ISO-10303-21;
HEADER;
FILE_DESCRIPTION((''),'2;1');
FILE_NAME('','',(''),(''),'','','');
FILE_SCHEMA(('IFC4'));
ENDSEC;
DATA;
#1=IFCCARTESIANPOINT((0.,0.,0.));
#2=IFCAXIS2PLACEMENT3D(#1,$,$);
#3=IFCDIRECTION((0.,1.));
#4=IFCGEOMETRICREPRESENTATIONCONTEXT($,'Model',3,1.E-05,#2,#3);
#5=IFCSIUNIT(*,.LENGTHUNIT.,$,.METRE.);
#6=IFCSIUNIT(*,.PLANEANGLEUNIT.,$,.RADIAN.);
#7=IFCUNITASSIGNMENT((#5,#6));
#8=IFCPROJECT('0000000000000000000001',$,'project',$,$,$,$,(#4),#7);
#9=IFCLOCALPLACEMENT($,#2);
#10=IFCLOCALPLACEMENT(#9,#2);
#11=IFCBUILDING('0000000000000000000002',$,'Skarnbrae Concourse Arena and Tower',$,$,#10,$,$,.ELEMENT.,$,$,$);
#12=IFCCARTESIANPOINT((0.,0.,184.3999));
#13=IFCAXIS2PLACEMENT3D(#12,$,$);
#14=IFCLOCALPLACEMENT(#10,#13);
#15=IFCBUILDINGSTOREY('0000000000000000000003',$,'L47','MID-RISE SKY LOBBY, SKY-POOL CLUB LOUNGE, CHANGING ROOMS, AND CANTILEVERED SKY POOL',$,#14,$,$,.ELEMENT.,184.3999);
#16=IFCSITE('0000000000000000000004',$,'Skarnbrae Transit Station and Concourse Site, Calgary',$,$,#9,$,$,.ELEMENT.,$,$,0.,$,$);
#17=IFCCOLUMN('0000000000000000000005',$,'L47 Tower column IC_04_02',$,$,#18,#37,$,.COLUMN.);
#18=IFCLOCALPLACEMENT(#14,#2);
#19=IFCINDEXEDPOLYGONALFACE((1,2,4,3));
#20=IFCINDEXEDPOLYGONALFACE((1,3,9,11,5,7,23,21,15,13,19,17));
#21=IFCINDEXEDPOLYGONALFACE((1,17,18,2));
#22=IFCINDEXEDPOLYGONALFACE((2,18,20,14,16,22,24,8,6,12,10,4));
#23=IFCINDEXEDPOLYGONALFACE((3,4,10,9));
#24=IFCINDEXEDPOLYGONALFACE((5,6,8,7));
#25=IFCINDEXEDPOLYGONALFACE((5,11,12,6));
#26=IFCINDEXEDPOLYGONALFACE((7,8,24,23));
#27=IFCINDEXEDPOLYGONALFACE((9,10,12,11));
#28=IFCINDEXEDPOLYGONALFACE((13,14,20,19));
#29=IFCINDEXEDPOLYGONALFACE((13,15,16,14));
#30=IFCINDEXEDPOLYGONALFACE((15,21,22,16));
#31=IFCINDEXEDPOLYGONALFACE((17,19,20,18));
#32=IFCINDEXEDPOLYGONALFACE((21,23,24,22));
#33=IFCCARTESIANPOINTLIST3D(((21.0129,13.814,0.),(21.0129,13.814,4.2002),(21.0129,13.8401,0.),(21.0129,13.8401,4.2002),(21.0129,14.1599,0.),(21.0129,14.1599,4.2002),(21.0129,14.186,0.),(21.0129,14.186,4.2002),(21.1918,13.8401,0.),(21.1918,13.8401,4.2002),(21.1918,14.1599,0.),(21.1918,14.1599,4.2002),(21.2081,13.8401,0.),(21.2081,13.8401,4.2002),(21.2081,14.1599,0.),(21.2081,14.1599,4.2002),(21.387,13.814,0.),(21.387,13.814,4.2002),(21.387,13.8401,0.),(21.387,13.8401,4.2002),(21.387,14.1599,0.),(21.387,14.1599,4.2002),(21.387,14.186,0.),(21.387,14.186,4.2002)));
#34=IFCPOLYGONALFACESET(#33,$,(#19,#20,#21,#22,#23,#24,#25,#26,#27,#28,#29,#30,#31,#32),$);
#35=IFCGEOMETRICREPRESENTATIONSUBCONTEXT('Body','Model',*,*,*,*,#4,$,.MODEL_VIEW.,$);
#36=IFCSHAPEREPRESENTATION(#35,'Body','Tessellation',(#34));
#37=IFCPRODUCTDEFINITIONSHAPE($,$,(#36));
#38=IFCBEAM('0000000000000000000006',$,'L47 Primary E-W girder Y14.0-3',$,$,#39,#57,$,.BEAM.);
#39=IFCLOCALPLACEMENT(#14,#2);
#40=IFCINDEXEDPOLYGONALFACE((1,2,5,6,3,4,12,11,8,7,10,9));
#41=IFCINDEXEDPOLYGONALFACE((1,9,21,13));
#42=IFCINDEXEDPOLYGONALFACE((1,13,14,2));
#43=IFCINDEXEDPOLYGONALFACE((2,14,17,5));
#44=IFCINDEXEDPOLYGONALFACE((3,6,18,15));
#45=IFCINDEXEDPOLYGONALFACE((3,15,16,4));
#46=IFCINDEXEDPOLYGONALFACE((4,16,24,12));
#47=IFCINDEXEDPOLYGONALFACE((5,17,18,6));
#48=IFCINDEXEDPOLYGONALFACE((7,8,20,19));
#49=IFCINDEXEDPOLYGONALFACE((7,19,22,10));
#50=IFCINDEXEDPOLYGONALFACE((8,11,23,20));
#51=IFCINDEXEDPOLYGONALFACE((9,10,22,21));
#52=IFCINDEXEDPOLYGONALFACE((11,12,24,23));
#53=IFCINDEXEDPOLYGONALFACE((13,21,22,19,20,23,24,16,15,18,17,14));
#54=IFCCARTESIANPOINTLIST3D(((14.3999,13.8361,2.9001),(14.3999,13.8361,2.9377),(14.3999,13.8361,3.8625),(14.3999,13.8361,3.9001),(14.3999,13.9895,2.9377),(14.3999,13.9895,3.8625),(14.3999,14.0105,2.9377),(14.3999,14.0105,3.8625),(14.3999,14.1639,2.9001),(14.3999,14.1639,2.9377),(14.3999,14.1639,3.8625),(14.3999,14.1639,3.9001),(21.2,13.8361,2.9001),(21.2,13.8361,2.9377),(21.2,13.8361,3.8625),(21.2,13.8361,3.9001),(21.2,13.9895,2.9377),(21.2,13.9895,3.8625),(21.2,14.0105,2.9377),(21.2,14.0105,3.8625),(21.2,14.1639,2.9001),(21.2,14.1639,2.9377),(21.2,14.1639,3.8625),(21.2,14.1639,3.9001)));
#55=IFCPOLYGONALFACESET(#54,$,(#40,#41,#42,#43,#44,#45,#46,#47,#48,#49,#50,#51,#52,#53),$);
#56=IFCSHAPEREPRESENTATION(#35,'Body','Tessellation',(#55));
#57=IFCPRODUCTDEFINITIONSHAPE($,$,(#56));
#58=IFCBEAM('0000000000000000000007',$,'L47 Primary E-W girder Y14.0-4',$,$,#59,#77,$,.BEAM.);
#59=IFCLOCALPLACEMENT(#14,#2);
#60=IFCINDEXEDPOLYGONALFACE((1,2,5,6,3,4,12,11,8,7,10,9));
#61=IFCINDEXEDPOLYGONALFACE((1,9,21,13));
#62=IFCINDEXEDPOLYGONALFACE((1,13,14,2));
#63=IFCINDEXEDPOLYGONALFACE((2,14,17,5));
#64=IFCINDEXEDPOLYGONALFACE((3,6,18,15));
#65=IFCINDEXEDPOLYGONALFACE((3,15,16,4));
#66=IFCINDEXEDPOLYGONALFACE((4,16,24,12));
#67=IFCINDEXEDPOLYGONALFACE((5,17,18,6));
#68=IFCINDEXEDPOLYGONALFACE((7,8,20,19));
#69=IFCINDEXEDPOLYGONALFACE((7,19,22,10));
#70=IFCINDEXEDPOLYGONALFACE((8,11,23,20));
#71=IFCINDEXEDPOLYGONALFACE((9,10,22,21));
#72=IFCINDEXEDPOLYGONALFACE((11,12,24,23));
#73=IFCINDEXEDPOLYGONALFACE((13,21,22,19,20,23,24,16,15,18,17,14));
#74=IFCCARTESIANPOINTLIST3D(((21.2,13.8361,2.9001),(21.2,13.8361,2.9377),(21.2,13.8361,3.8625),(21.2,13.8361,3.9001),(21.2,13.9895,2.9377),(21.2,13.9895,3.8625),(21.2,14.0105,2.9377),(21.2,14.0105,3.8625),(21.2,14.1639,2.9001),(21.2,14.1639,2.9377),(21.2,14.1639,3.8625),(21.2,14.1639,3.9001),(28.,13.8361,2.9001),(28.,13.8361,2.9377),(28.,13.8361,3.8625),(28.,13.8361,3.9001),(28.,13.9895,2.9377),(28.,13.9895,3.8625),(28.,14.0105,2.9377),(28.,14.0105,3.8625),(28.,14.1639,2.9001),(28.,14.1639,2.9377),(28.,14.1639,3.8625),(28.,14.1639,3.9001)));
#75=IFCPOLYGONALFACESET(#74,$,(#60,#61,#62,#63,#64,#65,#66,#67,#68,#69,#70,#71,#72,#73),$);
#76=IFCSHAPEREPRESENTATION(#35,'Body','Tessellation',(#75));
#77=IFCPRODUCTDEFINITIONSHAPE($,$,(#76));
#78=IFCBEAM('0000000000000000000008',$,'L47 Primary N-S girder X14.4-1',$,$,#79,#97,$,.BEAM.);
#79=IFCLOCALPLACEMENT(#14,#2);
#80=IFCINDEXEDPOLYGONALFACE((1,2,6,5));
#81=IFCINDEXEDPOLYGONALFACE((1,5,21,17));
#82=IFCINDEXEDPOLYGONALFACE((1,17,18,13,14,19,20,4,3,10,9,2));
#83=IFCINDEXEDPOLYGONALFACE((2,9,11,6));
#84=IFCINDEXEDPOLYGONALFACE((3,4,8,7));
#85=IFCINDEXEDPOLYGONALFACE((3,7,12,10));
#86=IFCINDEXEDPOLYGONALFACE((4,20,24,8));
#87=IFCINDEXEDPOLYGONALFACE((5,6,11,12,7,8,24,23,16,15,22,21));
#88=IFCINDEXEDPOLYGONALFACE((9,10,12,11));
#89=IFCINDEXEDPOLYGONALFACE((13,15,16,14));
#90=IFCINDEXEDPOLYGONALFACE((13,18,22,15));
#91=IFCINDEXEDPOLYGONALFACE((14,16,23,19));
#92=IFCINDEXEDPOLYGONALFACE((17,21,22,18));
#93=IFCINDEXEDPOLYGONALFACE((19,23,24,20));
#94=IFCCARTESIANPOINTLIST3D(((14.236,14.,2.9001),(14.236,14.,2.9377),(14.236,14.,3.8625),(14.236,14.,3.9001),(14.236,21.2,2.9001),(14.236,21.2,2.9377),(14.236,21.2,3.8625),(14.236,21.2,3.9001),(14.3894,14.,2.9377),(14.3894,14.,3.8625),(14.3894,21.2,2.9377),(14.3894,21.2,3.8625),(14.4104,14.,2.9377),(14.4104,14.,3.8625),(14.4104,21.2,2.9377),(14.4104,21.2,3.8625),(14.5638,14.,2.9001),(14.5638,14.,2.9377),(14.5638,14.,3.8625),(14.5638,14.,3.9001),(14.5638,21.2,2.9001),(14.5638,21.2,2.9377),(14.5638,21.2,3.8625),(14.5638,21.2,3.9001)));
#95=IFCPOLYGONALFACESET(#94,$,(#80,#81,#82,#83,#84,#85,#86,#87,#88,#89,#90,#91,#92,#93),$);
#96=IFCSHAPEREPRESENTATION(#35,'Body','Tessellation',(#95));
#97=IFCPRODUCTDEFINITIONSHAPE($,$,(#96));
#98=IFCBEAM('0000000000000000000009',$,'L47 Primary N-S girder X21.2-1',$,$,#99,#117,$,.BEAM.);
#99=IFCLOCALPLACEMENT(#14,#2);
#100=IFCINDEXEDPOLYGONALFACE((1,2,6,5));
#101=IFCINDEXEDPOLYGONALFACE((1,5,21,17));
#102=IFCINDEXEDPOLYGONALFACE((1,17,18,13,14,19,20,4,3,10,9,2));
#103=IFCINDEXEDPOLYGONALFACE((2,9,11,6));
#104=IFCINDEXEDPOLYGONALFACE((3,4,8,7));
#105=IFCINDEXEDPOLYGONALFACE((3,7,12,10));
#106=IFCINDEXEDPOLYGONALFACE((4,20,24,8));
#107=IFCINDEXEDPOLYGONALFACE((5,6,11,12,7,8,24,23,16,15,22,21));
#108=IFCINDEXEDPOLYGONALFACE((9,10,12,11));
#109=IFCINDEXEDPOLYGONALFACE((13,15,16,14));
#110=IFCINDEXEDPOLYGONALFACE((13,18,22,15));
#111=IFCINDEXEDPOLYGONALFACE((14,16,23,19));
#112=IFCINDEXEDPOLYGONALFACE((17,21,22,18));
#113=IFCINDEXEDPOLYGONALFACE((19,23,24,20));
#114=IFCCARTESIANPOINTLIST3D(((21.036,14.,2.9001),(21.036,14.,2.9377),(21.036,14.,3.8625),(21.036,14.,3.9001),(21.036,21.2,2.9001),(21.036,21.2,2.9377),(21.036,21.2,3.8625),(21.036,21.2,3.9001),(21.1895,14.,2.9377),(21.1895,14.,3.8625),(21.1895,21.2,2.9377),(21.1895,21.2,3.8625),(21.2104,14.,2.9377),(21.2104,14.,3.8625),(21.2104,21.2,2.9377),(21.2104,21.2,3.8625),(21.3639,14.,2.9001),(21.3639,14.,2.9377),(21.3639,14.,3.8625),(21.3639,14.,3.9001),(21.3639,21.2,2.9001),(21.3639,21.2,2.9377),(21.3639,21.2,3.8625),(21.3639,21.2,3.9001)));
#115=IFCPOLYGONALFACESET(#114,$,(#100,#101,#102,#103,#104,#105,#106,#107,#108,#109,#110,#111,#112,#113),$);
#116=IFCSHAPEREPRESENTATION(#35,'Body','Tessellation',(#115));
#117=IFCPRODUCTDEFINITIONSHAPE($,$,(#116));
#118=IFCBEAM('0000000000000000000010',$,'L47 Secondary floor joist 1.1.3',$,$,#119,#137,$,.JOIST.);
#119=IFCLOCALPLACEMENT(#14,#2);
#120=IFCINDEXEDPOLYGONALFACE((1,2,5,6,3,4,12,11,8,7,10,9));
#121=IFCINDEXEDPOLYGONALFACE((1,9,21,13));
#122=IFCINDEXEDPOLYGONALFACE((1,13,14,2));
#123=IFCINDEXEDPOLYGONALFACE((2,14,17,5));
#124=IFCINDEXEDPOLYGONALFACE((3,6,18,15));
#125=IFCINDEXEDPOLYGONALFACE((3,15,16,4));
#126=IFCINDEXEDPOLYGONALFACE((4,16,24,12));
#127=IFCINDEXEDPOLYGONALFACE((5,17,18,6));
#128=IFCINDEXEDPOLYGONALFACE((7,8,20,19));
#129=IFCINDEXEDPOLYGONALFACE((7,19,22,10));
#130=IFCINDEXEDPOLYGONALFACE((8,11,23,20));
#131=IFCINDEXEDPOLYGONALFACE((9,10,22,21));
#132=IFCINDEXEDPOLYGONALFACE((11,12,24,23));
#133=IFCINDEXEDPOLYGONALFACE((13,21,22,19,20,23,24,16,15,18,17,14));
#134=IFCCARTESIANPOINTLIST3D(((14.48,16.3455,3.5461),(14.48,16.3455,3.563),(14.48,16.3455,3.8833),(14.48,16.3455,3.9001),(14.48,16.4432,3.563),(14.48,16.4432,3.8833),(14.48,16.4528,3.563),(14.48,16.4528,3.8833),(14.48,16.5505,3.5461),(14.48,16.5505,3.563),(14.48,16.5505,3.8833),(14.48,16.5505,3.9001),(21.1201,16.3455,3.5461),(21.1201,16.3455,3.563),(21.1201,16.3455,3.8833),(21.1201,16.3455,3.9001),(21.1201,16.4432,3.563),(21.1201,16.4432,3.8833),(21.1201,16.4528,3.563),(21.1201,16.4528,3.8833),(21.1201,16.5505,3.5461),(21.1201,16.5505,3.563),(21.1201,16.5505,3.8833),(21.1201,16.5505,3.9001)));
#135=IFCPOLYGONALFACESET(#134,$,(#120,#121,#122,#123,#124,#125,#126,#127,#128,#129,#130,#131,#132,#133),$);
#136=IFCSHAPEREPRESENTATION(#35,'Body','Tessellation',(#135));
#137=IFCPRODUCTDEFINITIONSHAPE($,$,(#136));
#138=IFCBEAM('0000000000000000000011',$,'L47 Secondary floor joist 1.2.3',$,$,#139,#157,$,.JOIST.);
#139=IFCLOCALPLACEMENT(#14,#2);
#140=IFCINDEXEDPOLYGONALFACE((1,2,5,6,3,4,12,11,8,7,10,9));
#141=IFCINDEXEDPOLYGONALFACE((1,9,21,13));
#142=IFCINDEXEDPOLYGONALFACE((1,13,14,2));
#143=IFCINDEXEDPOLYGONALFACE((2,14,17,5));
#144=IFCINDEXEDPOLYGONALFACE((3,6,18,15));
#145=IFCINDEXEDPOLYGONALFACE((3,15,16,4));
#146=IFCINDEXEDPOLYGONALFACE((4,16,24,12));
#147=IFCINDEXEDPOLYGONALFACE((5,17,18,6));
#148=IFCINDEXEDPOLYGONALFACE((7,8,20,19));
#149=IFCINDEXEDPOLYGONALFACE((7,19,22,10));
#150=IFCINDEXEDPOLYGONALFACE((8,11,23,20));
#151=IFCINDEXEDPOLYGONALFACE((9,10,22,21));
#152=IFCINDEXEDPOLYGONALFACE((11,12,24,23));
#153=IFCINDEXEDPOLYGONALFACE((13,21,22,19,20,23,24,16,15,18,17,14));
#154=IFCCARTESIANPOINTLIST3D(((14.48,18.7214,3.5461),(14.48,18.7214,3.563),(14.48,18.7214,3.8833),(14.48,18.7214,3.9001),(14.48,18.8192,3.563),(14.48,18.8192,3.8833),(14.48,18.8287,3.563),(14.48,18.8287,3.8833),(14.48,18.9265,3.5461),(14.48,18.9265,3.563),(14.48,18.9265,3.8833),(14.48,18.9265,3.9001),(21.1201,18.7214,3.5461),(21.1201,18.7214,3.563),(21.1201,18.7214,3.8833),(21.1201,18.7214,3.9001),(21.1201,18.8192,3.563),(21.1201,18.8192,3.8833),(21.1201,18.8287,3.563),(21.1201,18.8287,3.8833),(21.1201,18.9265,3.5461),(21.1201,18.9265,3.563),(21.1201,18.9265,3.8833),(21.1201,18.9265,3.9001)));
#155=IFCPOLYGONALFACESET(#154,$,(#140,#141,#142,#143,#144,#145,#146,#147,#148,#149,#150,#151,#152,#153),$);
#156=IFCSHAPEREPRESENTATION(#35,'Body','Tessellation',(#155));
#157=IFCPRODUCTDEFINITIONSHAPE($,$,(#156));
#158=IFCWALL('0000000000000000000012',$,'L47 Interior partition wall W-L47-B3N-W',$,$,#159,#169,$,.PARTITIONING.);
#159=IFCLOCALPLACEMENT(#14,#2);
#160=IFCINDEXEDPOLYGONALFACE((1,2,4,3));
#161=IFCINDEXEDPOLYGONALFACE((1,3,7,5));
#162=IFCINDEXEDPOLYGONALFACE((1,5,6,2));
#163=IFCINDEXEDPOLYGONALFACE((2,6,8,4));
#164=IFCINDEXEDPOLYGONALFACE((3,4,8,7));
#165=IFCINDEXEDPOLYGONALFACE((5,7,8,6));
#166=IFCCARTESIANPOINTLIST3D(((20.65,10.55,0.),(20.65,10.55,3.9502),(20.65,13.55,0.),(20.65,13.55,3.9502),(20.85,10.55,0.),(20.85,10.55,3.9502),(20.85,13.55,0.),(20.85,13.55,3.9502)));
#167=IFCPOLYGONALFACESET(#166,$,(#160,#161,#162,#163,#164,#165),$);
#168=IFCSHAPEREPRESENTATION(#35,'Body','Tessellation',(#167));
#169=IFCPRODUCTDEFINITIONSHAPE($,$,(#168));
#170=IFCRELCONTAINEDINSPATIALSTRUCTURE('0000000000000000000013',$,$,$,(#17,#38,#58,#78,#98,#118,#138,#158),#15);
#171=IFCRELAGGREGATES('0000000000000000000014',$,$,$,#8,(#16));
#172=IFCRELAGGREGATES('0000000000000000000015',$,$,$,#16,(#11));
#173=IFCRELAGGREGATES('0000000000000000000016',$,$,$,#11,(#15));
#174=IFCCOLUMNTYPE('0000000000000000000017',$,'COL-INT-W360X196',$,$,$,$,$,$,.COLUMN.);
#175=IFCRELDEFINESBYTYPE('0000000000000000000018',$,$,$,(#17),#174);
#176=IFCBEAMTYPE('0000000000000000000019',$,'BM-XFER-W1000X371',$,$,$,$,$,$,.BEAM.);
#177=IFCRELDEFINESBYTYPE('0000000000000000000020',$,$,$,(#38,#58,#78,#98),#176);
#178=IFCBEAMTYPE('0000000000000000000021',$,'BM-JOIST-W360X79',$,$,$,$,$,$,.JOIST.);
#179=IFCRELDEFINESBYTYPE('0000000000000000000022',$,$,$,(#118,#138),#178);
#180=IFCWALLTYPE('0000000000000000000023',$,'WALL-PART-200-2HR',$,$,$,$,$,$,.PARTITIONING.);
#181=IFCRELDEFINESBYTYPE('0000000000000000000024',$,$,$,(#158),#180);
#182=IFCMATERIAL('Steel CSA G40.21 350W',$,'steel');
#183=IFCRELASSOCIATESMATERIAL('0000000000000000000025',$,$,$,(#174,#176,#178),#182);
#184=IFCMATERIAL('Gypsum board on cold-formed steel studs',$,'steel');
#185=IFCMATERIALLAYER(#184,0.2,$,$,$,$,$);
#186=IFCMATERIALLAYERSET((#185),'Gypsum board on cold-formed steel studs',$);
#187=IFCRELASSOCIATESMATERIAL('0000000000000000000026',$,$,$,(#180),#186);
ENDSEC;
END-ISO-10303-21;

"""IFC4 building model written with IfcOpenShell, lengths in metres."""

from ifc_helpers import new_model, si_unit, direction, frame, frame_2d, origin, origin_2d, place, context, subcontext, project, spatial, rectangle, i_section, extrude, source, transform, mapped, material, layer, layer_set, material_profile, profile_set, type_object, element, save


model = new_model("IFC4")

# Units and contexts
model_context = context("Model", 3, precision=1e-05, world=origin(), true_north=direction((0.0, 1.0)))
body_context = subcontext(model_context, "Body", "Model", "MODEL_VIEW")
ifc_project = project(units=[si_unit("LENGTHUNIT", "METRE"), si_unit("PLANEANGLEUNIT", "RADIAN")], contexts=[model_context])

# Site, building, storey
site_placement = place(None, origin())
site = spatial("IfcSite", under=ifc_project, at=site_placement, Name="Skarnbrae Transit Station and Concourse Site, Calgary", CompositionType="ELEMENT", RefElevation=0.0)
building_placement = place(site_placement, origin())
building = spatial("IfcBuilding", under=site, at=building_placement, Name="Skarnbrae Concourse Arena and Tower", CompositionType="ELEMENT")
storey_placement = place(building_placement, frame((0.0, 0.0, 184.3999)))
storey = spatial("IfcBuildingStorey", under=building, at=storey_placement, Name="L47", Description="MID-RISE SKY LOBBY, SKY-POOL CLUB LOUNGE, CHANGING ROOMS, AND CANTILEVERED SKY POOL", CompositionType="ELEMENT", Elevation=184.3999)

# Column
ifc_material_1 = material(Name="Steel CSA G40.21 350W", Category="steel")
ifc_material_profile_1 = material_profile(ifc_material_1, i_section(OverallWidth=0.374, OverallDepth=0.3721, WebThickness=0.0164, FlangeThickness=0.0261, at=origin_2d()), Name="W360X196")
ifc_profile_set_1 = profile_set([ifc_material_profile_1], Name="Steel CSA G40.21 350W")
column_type = type_object("IfcColumnType", Name="COL-INT-W360X196", PredefinedType="COLUMN", material=ifc_profile_set_1)
shared_shape_1 = source(origin(), body_context, "Body", "SweptSolid", [
    extrude(i_section(OverallWidth=0.374, OverallDepth=0.3721, WebThickness=0.0164, FlangeThickness=0.0261, at=origin_2d()), origin(), (0.0, 0.0, 1.0), 4.2002),
])
column_placement = place(storey_placement, frame((21.2, 14.0, 0.0), z_axis=(0.0, 0.0, 1.0), x_axis=(1.0, 0.0, 0.0)))
element("IfcColumn", 1, at=column_placement, inside=storey, type_object=column_type, Name="L47 Tower column IC_04_02", PredefinedType="COLUMN", context=body_context, shape_type="MappedRepresentation", body=[
    mapped(shared_shape_1, transform((0.0, 0.0, 0.0))),
])

# Beams
ifc_material_profile_2 = material_profile(ifc_material_1, i_section(OverallWidth=0.3279, OverallDepth=1.0, WebThickness=0.021, FlangeThickness=0.0376, at=origin_2d()), Name="W1000X371")
ifc_profile_set_2 = profile_set([ifc_material_profile_2], Name="Steel CSA G40.21 350W")
beam_type_1 = type_object("IfcBeamType", Name="BM-XFER-W1000X371", PredefinedType="BEAM", material=ifc_profile_set_2)
shared_shape_2 = source(origin(), body_context, "Body", "SweptSolid", [
    extrude(i_section(OverallWidth=0.3279, OverallDepth=1.0, WebThickness=0.021, FlangeThickness=0.0376, at=origin_2d()), origin(), (0.0, 0.0, 1.0), 6.8),
])
for number, where, z_axis, x_axis, name in (
    (2, (14.3999, 14.0, 3.4001), (1.0, 0.0, 0.0), (0.0, 1.0, 0.0), "L47 Primary E-W girder Y14.0-3"),
    (3, (21.2, 14.0, 3.4001), (1.0, 0.0, 0.0), (0.0, 1.0, 0.0), "L47 Primary E-W girder Y14.0-4"),
):
    element("IfcBeam", number, at=place(storey_placement, frame(where, z_axis=z_axis, x_axis=x_axis)), inside=storey, type_object=beam_type_1, Name=name, PredefinedType="BEAM", context=body_context, shape_type="MappedRepresentation", body=[
        mapped(shared_shape_2, transform((0.0, 0.0, 0.0))),
    ])
shared_shape_3 = source(origin(), body_context, "Body", "SweptSolid", [
    extrude(i_section(OverallWidth=0.3279, OverallDepth=1.0, WebThickness=0.021, FlangeThickness=0.0376, at=origin_2d()), origin(), (0.0, 0.0, 1.0), 7.2),
])
for number, where, z_axis, x_axis, name in (
    (4, (14.3999, 14.0, 3.4001), (0.0, 1.0, 0.0), (-1.0, 0.0, 0.0), "L47 Primary N-S girder X14.4-1"),
    (5, (21.2, 14.0, 3.4001), (0.0, 1.0, 0.0), (-1.0, 0.0, 0.0), "L47 Primary N-S girder X21.2-1"),
):
    element("IfcBeam", number, at=place(storey_placement, frame(where, z_axis=z_axis, x_axis=x_axis)), inside=storey, type_object=beam_type_1, Name=name, PredefinedType="BEAM", context=body_context, shape_type="MappedRepresentation", body=[
        mapped(shared_shape_3, transform((0.0, 0.0, 0.0))),
    ])
ifc_material_profile_3 = material_profile(ifc_material_1, i_section(OverallWidth=0.2051, OverallDepth=0.354, WebThickness=0.0095, FlangeThickness=0.0168, at=origin_2d()), Name="W360X79")
ifc_profile_set_3 = profile_set([ifc_material_profile_3], Name="Steel CSA G40.21 350W")
beam_type_2 = type_object("IfcBeamType", Name="BM-JOIST-W360X79", PredefinedType="JOIST", material=ifc_profile_set_3)
shared_shape_4 = source(origin(), body_context, "Body", "SweptSolid", [
    extrude(i_section(OverallWidth=0.2051, OverallDepth=0.354, WebThickness=0.0095, FlangeThickness=0.0168, at=origin_2d()), origin(), (0.0, 0.0, 1.0), 6.6401),
])
for number, where, z_axis, x_axis, name in (
    (6, (14.48, 16.448, 3.7231), (1.0, 0.0, 0.0), (0.0, 1.0, 0.0), "L47 Secondary floor joist 1.1.3"),
    (7, (14.48, 18.824, 3.7231), (1.0, 0.0, 0.0), (0.0, 1.0, 0.0), "L47 Secondary floor joist 1.2.3"),
):
    element("IfcBeam", number, at=place(storey_placement, frame(where, z_axis=z_axis, x_axis=x_axis)), inside=storey, type_object=beam_type_2, Name=name, PredefinedType="JOIST", context=body_context, shape_type="MappedRepresentation", body=[
        mapped(shared_shape_4, transform((0.0, 0.0, 0.0))),
    ])

# Shared definitions
ifc_material_2 = material(Name="Gypsum board on cold-formed steel studs", Category="steel")
ifc_layer_1 = layer(ifc_material_2, 0.2)
ifc_layer_set_1 = layer_set([ifc_layer_1], Name="Gypsum board on cold-formed steel studs")
wall_type_1 = type_object("IfcWallType", Name="WALL-PART-200-2HR", PredefinedType="PARTITIONING", material=ifc_layer_set_1)

# Wall
shared_shape_5 = source(origin(), body_context, "Body", "SweptSolid", [
    extrude(rectangle(XDim=3.0, YDim=0.2, at=frame_2d((1.5, 0.0))), origin(), (0.0, 0.0, 1.0), 3.9502),
])
wall_1_placement = place(storey_placement, frame((20.75, 10.55, 0.0), z_axis=(0.0, 0.0, 1.0), x_axis=(0.0, 1.0, 0.0)))
element("IfcWall", 8, at=wall_1_placement, inside=storey, type_object=wall_type_1, Name="L47 Interior partition wall W-L47-B3N-W", PredefinedType="PARTITIONING", context=body_context, shape_type="MappedRepresentation", body=[
    mapped(shared_shape_5, transform((0.0, 0.0, 0.0))),
])

save(model, "model.ifc")
